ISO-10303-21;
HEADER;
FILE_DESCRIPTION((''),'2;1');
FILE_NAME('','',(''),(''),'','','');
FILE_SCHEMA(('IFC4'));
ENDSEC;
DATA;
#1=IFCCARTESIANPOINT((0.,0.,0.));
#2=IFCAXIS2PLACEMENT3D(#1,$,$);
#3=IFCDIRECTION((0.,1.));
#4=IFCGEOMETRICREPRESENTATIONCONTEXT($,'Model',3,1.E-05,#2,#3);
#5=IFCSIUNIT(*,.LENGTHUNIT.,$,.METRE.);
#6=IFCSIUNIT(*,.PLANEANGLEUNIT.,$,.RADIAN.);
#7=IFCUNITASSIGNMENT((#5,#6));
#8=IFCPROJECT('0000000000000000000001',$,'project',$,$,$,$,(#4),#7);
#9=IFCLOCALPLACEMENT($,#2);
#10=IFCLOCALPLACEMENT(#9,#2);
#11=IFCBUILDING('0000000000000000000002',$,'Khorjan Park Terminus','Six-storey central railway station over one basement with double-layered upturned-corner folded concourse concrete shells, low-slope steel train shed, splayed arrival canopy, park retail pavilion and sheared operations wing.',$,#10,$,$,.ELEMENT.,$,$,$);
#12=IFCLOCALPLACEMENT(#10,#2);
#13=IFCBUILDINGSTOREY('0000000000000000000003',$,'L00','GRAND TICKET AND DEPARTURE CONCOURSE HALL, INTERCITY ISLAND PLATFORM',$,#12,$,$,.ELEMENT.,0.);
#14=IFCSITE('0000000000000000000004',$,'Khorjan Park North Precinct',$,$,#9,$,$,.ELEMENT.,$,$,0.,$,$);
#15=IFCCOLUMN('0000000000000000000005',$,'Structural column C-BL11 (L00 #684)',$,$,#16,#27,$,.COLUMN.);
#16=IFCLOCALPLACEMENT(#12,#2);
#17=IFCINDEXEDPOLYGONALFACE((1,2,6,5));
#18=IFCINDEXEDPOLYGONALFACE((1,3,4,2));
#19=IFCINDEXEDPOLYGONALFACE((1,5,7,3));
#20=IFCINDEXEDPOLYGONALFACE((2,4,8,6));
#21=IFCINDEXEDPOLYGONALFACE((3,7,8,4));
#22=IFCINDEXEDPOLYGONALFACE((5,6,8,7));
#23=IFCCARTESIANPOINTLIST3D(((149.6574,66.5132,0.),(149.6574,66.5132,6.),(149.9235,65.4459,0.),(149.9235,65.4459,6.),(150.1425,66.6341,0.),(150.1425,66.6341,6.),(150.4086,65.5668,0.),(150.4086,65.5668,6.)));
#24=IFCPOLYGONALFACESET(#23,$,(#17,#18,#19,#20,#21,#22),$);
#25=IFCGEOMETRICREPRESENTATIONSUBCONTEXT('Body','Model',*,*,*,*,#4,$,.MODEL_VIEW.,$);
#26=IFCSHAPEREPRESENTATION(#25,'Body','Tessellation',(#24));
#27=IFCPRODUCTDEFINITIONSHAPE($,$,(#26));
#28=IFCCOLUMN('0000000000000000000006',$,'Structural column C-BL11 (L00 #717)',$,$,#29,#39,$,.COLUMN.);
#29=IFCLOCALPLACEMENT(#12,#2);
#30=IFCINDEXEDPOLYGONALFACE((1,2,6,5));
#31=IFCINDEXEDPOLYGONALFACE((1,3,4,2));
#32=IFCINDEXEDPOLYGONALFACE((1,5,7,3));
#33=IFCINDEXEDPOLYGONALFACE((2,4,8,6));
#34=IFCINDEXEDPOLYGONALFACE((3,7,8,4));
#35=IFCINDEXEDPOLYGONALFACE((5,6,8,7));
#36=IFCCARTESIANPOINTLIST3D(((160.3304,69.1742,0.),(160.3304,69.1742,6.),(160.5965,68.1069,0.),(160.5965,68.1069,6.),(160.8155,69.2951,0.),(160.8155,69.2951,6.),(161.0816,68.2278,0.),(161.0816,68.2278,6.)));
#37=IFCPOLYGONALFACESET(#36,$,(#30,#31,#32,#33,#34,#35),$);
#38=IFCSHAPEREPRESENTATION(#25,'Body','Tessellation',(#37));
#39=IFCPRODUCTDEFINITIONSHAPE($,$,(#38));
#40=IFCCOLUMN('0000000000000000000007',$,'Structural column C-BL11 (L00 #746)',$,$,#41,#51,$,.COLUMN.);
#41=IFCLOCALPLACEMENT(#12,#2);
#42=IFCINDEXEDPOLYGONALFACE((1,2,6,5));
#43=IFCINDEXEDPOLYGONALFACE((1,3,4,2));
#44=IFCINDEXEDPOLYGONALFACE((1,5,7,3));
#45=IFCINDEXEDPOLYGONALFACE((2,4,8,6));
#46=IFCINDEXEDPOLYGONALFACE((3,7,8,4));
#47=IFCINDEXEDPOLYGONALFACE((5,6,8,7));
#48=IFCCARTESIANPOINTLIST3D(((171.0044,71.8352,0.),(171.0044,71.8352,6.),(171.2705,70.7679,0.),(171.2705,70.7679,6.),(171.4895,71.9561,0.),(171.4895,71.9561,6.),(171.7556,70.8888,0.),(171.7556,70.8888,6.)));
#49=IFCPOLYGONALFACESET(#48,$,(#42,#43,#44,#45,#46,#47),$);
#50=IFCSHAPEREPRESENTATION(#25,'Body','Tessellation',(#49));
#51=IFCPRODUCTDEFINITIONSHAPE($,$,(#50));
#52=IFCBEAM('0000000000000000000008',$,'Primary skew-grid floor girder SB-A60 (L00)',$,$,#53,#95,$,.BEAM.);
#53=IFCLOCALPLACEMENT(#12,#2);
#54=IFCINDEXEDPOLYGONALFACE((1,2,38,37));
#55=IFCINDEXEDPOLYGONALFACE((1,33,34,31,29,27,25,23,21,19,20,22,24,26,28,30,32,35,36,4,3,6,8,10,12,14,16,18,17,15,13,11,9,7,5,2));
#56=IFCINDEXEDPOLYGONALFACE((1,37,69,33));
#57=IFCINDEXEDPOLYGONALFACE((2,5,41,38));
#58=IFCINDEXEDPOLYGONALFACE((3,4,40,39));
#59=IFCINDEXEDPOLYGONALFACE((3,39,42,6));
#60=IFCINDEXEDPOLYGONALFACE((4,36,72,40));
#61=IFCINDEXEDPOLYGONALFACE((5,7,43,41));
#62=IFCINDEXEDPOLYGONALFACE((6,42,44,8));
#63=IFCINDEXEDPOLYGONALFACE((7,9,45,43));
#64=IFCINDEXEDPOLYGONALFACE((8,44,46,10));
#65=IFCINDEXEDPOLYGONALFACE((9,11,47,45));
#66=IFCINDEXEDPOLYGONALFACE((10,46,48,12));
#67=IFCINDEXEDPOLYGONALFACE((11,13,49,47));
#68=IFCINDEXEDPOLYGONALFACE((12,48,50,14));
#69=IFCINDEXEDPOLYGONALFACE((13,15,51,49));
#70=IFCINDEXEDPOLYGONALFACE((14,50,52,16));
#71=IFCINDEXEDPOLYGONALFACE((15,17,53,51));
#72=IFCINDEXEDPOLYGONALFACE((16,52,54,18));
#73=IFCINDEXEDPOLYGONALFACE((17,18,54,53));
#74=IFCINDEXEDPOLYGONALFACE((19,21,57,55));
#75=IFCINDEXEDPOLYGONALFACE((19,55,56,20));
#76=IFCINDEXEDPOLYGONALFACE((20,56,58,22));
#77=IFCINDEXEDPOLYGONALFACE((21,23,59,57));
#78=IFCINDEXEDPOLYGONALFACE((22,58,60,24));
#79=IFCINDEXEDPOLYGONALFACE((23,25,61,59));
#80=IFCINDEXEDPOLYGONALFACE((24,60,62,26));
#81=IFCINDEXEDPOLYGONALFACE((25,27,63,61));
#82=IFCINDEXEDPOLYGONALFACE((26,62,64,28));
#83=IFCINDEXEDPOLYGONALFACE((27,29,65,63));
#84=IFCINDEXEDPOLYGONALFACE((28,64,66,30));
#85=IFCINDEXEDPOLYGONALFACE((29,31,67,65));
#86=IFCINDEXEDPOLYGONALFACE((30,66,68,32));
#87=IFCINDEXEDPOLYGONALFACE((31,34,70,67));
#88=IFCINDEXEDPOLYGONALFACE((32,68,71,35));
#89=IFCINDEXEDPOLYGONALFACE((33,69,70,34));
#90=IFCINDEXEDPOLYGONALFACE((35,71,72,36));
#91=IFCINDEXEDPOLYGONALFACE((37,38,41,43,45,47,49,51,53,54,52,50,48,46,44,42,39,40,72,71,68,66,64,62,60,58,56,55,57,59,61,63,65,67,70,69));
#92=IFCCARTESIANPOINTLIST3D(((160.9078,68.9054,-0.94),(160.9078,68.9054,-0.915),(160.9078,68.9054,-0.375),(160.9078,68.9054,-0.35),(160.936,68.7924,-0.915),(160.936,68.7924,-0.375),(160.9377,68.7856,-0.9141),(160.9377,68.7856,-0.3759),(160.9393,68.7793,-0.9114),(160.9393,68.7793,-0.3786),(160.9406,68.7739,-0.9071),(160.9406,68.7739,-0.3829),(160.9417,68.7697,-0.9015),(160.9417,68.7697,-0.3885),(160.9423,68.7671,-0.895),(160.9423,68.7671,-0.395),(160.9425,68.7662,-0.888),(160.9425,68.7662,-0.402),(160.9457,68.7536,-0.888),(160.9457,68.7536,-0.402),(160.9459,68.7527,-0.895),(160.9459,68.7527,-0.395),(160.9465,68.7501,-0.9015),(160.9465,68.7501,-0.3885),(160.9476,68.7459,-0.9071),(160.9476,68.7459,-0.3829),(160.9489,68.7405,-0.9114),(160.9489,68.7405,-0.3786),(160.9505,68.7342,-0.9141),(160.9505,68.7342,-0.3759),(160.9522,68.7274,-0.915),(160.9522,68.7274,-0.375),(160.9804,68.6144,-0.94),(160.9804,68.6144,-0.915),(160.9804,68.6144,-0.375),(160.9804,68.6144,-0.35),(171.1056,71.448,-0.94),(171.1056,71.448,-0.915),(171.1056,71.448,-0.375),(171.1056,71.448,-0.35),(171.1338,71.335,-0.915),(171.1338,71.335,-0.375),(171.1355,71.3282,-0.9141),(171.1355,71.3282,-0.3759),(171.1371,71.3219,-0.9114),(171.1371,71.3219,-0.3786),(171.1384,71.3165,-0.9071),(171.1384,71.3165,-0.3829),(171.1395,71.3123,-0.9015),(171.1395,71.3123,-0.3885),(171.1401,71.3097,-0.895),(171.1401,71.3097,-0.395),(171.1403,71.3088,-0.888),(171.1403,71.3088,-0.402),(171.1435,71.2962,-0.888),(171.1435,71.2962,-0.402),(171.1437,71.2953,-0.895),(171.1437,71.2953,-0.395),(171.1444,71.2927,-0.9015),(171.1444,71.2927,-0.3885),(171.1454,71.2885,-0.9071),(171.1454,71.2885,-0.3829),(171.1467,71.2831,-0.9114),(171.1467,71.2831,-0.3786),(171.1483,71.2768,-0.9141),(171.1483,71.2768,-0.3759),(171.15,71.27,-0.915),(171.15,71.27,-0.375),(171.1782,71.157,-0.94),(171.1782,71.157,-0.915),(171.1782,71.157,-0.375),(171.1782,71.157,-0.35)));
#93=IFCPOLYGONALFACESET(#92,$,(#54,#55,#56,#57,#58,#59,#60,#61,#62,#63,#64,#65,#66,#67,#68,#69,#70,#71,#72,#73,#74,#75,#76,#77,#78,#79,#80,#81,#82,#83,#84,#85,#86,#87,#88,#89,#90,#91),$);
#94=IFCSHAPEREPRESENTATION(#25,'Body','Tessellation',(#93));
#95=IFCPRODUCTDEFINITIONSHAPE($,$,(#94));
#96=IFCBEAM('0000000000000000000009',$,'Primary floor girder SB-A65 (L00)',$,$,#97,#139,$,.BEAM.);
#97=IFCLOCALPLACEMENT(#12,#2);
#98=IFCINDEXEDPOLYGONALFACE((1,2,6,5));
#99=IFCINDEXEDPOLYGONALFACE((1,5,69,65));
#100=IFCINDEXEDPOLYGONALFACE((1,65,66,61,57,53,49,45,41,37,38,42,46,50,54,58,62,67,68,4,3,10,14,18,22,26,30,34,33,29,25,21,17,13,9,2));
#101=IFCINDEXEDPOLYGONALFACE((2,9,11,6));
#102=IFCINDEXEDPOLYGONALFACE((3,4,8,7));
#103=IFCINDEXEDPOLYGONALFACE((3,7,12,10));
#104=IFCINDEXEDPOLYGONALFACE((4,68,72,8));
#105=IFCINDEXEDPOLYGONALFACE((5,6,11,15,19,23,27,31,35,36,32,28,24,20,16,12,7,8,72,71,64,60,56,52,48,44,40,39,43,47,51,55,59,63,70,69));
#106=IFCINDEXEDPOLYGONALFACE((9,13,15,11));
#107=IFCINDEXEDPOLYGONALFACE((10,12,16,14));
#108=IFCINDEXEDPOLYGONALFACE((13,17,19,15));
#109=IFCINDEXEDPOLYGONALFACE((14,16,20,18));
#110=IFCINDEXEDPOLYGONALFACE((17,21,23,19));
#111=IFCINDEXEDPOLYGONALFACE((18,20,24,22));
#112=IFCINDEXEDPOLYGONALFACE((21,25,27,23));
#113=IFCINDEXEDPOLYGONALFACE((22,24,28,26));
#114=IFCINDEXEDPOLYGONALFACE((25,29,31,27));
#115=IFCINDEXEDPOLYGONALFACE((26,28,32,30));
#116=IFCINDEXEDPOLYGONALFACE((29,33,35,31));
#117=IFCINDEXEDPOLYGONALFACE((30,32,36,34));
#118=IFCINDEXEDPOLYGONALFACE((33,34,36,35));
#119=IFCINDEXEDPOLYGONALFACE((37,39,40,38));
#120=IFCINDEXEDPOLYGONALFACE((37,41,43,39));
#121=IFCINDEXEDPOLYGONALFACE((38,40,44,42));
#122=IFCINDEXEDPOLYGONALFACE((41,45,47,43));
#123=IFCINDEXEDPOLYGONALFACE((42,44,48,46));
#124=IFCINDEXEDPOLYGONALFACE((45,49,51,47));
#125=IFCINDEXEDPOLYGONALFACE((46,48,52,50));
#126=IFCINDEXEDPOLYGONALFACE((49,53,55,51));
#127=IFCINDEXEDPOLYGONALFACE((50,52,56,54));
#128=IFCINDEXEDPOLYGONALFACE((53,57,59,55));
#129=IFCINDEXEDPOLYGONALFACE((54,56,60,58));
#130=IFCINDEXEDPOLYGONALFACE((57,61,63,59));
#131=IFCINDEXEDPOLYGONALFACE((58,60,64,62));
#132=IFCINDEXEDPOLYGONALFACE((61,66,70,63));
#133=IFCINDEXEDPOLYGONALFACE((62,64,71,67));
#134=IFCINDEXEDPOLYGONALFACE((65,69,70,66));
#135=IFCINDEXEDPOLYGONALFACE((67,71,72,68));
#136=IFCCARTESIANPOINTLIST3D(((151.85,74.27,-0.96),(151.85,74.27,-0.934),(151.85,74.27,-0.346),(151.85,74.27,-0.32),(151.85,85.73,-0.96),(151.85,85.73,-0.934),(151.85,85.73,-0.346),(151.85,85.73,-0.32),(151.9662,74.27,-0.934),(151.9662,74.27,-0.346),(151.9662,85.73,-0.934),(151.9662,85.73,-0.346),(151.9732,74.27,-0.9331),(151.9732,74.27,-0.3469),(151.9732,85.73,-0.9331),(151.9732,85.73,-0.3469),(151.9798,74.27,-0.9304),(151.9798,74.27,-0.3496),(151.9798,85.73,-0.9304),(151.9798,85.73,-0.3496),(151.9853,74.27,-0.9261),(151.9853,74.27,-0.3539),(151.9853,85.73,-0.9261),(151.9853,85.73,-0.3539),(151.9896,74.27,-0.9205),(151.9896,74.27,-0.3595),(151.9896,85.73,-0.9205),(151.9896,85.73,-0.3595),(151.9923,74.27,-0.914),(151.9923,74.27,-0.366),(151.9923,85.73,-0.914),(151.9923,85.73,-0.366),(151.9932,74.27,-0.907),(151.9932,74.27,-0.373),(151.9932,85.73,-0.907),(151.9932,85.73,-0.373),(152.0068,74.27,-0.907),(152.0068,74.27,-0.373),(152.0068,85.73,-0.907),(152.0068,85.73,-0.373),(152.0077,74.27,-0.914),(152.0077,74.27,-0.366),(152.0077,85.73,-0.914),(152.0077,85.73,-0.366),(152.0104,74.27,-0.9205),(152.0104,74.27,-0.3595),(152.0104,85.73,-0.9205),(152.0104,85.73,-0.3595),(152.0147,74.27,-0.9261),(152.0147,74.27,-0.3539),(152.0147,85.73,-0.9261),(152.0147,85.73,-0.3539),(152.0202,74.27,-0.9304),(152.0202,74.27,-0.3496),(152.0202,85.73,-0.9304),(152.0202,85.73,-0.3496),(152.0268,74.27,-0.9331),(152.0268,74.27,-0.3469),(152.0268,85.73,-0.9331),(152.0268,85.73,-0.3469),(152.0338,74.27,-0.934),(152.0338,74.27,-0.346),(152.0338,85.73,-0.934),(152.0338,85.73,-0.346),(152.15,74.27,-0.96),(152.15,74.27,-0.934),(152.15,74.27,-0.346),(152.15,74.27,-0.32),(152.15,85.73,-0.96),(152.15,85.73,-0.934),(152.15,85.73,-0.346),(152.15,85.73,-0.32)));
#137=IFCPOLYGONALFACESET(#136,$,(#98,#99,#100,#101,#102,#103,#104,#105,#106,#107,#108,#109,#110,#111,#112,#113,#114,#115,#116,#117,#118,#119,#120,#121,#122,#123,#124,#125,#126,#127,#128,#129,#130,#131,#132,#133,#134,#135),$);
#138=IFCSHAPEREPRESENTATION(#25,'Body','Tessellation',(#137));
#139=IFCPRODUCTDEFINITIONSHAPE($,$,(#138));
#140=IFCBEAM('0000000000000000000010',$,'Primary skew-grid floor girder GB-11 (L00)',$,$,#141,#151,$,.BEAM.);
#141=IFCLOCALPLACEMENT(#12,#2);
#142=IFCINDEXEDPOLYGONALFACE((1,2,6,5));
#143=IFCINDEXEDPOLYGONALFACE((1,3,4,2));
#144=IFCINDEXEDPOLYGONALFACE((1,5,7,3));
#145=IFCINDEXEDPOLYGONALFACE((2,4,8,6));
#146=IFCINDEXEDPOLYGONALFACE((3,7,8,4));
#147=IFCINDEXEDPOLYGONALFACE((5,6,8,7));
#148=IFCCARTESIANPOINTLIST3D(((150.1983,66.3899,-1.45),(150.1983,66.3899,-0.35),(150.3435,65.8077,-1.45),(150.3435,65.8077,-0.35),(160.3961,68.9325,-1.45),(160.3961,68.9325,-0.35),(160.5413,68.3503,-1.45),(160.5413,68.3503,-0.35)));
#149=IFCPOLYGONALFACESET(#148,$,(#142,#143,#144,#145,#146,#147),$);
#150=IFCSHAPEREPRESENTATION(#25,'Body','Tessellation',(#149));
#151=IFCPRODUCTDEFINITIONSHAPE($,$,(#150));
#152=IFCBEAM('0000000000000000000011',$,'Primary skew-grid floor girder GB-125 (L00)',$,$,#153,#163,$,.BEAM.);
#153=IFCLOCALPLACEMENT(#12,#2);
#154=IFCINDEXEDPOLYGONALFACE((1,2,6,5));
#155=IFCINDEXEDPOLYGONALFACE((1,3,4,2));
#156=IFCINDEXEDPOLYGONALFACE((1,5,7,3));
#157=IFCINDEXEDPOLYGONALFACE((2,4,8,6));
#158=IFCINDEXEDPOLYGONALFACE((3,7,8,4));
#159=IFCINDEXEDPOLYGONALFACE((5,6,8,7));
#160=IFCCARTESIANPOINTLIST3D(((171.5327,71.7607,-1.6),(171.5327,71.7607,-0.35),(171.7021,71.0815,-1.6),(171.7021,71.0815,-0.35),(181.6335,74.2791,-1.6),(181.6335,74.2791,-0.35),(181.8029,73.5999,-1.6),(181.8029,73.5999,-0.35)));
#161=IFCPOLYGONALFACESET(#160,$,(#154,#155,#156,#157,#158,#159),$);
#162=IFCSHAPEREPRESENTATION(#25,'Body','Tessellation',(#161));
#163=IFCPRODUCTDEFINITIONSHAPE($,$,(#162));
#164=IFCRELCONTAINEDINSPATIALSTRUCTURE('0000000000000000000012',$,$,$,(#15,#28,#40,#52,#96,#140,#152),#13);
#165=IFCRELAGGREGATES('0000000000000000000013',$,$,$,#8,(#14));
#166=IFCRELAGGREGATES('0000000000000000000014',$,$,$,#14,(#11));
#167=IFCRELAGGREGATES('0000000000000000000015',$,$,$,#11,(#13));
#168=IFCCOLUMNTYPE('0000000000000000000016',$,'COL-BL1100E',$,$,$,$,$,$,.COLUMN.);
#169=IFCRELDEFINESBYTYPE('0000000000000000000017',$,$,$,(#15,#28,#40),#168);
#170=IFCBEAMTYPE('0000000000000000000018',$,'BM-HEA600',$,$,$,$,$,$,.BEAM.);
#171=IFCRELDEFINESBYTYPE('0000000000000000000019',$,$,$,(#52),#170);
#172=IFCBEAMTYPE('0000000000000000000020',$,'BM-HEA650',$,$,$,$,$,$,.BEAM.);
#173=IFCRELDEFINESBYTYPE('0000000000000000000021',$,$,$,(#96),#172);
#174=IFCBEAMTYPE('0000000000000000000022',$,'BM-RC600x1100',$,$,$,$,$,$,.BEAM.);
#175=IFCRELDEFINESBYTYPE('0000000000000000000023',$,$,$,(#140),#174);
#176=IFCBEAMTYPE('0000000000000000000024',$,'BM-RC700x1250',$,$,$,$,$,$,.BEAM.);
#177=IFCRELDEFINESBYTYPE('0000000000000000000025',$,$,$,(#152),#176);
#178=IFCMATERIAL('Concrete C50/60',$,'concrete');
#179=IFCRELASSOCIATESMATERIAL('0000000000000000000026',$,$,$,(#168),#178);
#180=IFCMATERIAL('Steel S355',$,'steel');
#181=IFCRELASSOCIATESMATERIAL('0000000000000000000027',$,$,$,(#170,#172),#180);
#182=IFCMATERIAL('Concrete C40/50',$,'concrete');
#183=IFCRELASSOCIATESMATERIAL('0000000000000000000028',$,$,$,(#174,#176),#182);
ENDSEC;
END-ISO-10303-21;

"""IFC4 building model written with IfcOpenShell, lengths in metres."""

from ifc_helpers import new_model, si_unit, direction, frame, origin, origin_2d, place, context, subcontext, project, spatial, rectangle, i_section, extrude, material, material_profile, profile_set, type_object, element, save


model = new_model("IFC4")

# Units and contexts
model_context = context("Model", 3, precision=1e-05, world=origin(), true_north=direction((0.0, 1.0)))
body_context = subcontext(model_context, "Body", "Model", "MODEL_VIEW")
ifc_project = project(units=[si_unit("LENGTHUNIT", "METRE"), si_unit("PLANEANGLEUNIT", "RADIAN")], contexts=[model_context])

# Site, building, storey
site_placement = place(None, origin())
site = spatial("IfcSite", under=ifc_project, at=site_placement, Name="Khorjan Park North Precinct", CompositionType="ELEMENT", RefElevation=0.0)
building_placement = place(site_placement, origin())
building = spatial("IfcBuilding", under=site, at=building_placement, Name="Khorjan Park Terminus", Description="Six-storey central railway station over one basement with double-layered upturned-corner folded concourse concrete shells, low-slope steel train shed, splayed arrival canopy, park retail pavilion and sheared operations wing.", CompositionType="ELEMENT")
storey_placement = place(building_placement, origin())
storey = spatial("IfcBuildingStorey", under=building, at=storey_placement, Name="L00", Description="GRAND TICKET AND DEPARTURE CONCOURSE HALL, INTERCITY ISLAND PLATFORM", CompositionType="ELEMENT", Elevation=0.0)

# Columns
ifc_material_1 = material(Name="Concrete C50/60", Category="concrete")
ifc_material_profile_1 = material_profile(ifc_material_1, rectangle(XDim=0.5, YDim=1.1, at=origin_2d()), Name="RC 500x1100")
ifc_profile_set_1 = profile_set([ifc_material_profile_1], Name="Concrete C50/60")
column_type = type_object("IfcColumnType", Name="COL-BL1100E", PredefinedType="COLUMN", material=ifc_profile_set_1)
for number, where, z_axis, x_axis, name in (
    (1, (150.033, 66.04, 0.0), (0.0, 0.0, 1.0), (0.970296, 0.241922, 0.0), "Structural column C-BL11 (L00 #684)"),
    (2, (160.706, 68.701, 0.0), (0.0, 0.0, 1.0), (0.970296, 0.241922, 0.0), "Structural column C-BL11 (L00 #717)"),
    (3, (171.38, 71.362, 0.0), (0.0, 0.0, 1.0), (0.970296, 0.241922, 0.0), "Structural column C-BL11 (L00 #746)"),
):
    element("IfcColumn", number, at=place(storey_placement, frame(where, z_axis=z_axis, x_axis=x_axis)), inside=storey, type_object=column_type, Name=name, PredefinedType="COLUMN", context=body_context, shape_type="SweptSolid", body=[
        extrude(rectangle(XDim=0.5, YDim=1.1, at=origin_2d()), origin(), (0.0, 0.0, 1.0), 6.0),
    ])

# Beams
ifc_material_2 = material(Name="Steel S355", Category="steel")
ifc_material_profile_2 = material_profile(ifc_material_2, i_section(OverallWidth=0.3, OverallDepth=0.59, WebThickness=0.013, FlangeThickness=0.025, FilletRadius=0.027, at=origin_2d()), Name="HEA 600")
ifc_profile_set_2 = profile_set([ifc_material_profile_2], Name="Steel S355")
beam_type_1 = type_object("IfcBeamType", Name="BM-HEA600", PredefinedType="BEAM", material=ifc_profile_set_2)
beam_1_placement = place(storey_placement, frame((160.9441, 68.7599, -0.645), z_axis=(0.970296, 0.241922, 0.0), x_axis=(-0.241922, 0.970296, 0.0)))
element("IfcBeam", 4, at=beam_1_placement, inside=storey, type_object=beam_type_1, Name="Primary skew-grid floor girder SB-A60 (L00)", PredefinedType="BEAM", context=body_context, shape_type="SweptSolid", body=[
    extrude(i_section(OverallWidth=0.3, OverallDepth=0.59, WebThickness=0.013, FlangeThickness=0.025, FilletRadius=0.027, at=origin_2d()), origin(), (0.0, 0.0, 1.0), 10.51),
])
ifc_material_profile_3 = material_profile(ifc_material_2, i_section(OverallWidth=0.3, OverallDepth=0.64, WebThickness=0.0135, FlangeThickness=0.026, FilletRadius=0.027, at=origin_2d()), Name="HEA 650")
ifc_profile_set_3 = profile_set([ifc_material_profile_3], Name="Steel S355")
beam_type_2 = type_object("IfcBeamType", Name="BM-HEA650", PredefinedType="BEAM", material=ifc_profile_set_3)
beam_2_placement = place(storey_placement, frame((152.0, 74.27, -0.64), z_axis=(0.0, 1.0, 0.0), x_axis=(-1.0, 0.0, 0.0)))
element("IfcBeam", 5, at=beam_2_placement, inside=storey, type_object=beam_type_2, Name="Primary floor girder SB-A65 (L00)", PredefinedType="BEAM", context=body_context, shape_type="SweptSolid", body=[
    extrude(i_section(OverallWidth=0.3, OverallDepth=0.64, WebThickness=0.0135, FlangeThickness=0.026, FilletRadius=0.027, at=origin_2d()), origin(), (0.0, 0.0, 1.0), 11.46),
])
ifc_material_3 = material(Name="Concrete C40/50", Category="concrete")
ifc_material_profile_4 = material_profile(ifc_material_3, rectangle(XDim=0.6, YDim=1.1, at=origin_2d()), Name="RC 600x1100")
ifc_profile_set_4 = profile_set([ifc_material_profile_4], Name="Concrete C40/50")
beam_type_3 = type_object("IfcBeamType", Name="BM-RC600x1100", PredefinedType="BEAM", material=ifc_profile_set_4)
beam_3_placement = place(storey_placement, frame((150.2709, 66.0988, -0.9), z_axis=(0.970296, 0.241922, 0.0), x_axis=(-0.241922, 0.970296, 0.0)))
element("IfcBeam", 6, at=beam_3_placement, inside=storey, type_object=beam_type_3, Name="Primary skew-grid floor girder GB-11 (L00)", PredefinedType="BEAM", context=body_context, shape_type="SweptSolid", body=[
    extrude(rectangle(XDim=0.6, YDim=1.1, at=origin_2d()), origin(), (0.0, 0.0, 1.0), 10.51),
])
ifc_material_profile_5 = material_profile(ifc_material_3, rectangle(XDim=0.7, YDim=1.25, at=origin_2d()), Name="RC 700x1250")
ifc_profile_set_5 = profile_set([ifc_material_profile_5], Name="Concrete C40/50")
beam_type_4 = type_object("IfcBeamType", Name="BM-RC700x1250", PredefinedType="BEAM", material=ifc_profile_set_5)
beam_4_placement = place(storey_placement, frame((171.6174, 71.4211, -0.975), z_axis=(0.970296, 0.241921, 0.0), x_axis=(-0.241921, 0.970296, 0.0)))
element("IfcBeam", 7, at=beam_4_placement, inside=storey, type_object=beam_type_4, Name="Primary skew-grid floor girder GB-125 (L00)", PredefinedType="BEAM", context=body_context, shape_type="SweptSolid", body=[
    extrude(rectangle(XDim=0.7, YDim=1.25, at=origin_2d()), origin(), (0.0, 0.0, 1.0), 10.41),
])

save(model, "model.ifc")
